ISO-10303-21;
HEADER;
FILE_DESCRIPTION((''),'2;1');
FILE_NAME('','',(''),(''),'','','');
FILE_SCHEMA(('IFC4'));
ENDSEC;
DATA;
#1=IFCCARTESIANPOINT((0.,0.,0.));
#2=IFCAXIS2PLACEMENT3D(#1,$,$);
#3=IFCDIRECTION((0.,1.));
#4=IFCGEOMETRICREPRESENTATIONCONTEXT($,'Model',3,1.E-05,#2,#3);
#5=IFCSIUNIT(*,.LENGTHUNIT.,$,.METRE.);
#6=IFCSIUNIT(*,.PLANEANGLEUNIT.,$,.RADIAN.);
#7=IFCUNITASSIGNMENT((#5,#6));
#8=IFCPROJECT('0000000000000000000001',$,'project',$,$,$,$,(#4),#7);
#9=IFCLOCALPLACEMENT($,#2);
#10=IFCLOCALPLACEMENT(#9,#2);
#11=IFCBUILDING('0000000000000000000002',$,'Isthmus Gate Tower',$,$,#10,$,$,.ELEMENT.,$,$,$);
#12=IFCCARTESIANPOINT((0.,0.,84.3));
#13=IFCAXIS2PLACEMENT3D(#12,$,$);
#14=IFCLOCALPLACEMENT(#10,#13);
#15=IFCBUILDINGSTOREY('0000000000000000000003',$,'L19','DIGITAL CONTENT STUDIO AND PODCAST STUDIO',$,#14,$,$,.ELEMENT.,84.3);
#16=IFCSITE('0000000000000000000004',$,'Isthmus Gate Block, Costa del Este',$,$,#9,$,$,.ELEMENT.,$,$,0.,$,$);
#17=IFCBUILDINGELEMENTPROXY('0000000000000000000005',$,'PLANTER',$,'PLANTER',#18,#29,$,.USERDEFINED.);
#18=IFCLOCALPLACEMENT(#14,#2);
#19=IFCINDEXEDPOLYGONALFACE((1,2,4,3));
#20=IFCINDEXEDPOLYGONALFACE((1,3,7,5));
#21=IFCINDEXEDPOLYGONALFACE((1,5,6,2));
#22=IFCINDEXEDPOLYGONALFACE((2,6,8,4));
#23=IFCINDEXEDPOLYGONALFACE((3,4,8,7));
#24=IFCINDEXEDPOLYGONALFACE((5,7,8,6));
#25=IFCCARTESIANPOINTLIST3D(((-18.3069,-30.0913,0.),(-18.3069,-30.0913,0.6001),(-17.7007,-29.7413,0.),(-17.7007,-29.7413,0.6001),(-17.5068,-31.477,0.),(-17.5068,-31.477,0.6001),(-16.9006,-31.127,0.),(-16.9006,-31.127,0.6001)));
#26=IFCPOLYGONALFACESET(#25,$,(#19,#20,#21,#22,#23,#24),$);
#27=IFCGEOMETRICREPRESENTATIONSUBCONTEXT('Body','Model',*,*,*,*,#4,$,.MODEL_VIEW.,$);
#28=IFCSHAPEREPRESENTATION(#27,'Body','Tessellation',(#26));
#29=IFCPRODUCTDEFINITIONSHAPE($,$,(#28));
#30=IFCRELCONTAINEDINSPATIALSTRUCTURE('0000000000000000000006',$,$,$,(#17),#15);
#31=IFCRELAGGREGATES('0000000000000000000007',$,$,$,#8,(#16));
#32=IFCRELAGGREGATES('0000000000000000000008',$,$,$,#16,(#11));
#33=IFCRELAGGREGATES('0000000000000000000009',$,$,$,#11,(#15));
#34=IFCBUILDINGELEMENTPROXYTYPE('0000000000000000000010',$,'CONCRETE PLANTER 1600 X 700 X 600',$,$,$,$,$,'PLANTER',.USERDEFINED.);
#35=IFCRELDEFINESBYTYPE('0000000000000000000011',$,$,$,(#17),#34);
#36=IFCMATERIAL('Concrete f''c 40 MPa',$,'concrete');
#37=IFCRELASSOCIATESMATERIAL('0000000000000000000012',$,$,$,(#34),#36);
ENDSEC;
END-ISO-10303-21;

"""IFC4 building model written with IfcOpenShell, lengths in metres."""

from ifc_helpers import new_model, si_unit, direction, frame, origin, origin_2d, place, context, subcontext, project, spatial, rectangle, extrude, material, type_object, element, save


model = new_model("IFC4")

# Units and contexts
model_context = context("Model", 3, precision=1e-05, world=origin(), true_north=direction((0.0, 1.0)))
body_context = subcontext(model_context, "Body", "Model", "MODEL_VIEW")
ifc_project = project(units=[si_unit("LENGTHUNIT", "METRE"), si_unit("PLANEANGLEUNIT", "RADIAN")], contexts=[model_context])

# Site, building, storey
site_placement = place(None, origin())
site = spatial("IfcSite", under=ifc_project, at=site_placement, Name="Isthmus Gate Block, Costa del Este", CompositionType="ELEMENT", RefElevation=0.0)
building_placement = place(site_placement, origin())
building = spatial("IfcBuilding", under=site, at=building_placement, Name="Isthmus Gate Tower", CompositionType="ELEMENT")
storey_placement = place(building_placement, frame((0.0, 0.0, 84.3)))
storey = spatial("IfcBuildingStorey", under=building, at=storey_placement, Name="L19", Description="DIGITAL CONTENT STUDIO AND PODCAST STUDIO", CompositionType="ELEMENT", Elevation=84.3)

# Building element proxy
ifc_material_1 = material(Name="Concrete f'c 40 MPa", Category="concrete")
building_element_proxy_type = type_object("IfcBuildingElementProxyType", Name="CONCRETE PLANTER 1600 X 700 X 600", ElementType="PLANTER", PredefinedType="USERDEFINED", material=ifc_material_1)
for number, where, z_axis, x_axis, name in (
    (1, (-17.6038, -30.6091, 0.0), (0.0, 0.0, 1.0), (0.5, -0.866025, 0.0), "PLANTER"),
):
    element("IfcBuildingElementProxy", number, at=place(storey_placement, frame(where, z_axis=z_axis, x_axis=x_axis)), inside=storey, type_object=building_element_proxy_type, Name=name, ObjectType="PLANTER", PredefinedType="USERDEFINED", context=body_context, shape_type="SweptSolid", body=[
        extrude(rectangle(XDim=1.6001, YDim=0.7, at=origin_2d()), origin(), (0.0, 0.0, 1.0), 0.6001),
    ])

save(model, "model.ifc")
